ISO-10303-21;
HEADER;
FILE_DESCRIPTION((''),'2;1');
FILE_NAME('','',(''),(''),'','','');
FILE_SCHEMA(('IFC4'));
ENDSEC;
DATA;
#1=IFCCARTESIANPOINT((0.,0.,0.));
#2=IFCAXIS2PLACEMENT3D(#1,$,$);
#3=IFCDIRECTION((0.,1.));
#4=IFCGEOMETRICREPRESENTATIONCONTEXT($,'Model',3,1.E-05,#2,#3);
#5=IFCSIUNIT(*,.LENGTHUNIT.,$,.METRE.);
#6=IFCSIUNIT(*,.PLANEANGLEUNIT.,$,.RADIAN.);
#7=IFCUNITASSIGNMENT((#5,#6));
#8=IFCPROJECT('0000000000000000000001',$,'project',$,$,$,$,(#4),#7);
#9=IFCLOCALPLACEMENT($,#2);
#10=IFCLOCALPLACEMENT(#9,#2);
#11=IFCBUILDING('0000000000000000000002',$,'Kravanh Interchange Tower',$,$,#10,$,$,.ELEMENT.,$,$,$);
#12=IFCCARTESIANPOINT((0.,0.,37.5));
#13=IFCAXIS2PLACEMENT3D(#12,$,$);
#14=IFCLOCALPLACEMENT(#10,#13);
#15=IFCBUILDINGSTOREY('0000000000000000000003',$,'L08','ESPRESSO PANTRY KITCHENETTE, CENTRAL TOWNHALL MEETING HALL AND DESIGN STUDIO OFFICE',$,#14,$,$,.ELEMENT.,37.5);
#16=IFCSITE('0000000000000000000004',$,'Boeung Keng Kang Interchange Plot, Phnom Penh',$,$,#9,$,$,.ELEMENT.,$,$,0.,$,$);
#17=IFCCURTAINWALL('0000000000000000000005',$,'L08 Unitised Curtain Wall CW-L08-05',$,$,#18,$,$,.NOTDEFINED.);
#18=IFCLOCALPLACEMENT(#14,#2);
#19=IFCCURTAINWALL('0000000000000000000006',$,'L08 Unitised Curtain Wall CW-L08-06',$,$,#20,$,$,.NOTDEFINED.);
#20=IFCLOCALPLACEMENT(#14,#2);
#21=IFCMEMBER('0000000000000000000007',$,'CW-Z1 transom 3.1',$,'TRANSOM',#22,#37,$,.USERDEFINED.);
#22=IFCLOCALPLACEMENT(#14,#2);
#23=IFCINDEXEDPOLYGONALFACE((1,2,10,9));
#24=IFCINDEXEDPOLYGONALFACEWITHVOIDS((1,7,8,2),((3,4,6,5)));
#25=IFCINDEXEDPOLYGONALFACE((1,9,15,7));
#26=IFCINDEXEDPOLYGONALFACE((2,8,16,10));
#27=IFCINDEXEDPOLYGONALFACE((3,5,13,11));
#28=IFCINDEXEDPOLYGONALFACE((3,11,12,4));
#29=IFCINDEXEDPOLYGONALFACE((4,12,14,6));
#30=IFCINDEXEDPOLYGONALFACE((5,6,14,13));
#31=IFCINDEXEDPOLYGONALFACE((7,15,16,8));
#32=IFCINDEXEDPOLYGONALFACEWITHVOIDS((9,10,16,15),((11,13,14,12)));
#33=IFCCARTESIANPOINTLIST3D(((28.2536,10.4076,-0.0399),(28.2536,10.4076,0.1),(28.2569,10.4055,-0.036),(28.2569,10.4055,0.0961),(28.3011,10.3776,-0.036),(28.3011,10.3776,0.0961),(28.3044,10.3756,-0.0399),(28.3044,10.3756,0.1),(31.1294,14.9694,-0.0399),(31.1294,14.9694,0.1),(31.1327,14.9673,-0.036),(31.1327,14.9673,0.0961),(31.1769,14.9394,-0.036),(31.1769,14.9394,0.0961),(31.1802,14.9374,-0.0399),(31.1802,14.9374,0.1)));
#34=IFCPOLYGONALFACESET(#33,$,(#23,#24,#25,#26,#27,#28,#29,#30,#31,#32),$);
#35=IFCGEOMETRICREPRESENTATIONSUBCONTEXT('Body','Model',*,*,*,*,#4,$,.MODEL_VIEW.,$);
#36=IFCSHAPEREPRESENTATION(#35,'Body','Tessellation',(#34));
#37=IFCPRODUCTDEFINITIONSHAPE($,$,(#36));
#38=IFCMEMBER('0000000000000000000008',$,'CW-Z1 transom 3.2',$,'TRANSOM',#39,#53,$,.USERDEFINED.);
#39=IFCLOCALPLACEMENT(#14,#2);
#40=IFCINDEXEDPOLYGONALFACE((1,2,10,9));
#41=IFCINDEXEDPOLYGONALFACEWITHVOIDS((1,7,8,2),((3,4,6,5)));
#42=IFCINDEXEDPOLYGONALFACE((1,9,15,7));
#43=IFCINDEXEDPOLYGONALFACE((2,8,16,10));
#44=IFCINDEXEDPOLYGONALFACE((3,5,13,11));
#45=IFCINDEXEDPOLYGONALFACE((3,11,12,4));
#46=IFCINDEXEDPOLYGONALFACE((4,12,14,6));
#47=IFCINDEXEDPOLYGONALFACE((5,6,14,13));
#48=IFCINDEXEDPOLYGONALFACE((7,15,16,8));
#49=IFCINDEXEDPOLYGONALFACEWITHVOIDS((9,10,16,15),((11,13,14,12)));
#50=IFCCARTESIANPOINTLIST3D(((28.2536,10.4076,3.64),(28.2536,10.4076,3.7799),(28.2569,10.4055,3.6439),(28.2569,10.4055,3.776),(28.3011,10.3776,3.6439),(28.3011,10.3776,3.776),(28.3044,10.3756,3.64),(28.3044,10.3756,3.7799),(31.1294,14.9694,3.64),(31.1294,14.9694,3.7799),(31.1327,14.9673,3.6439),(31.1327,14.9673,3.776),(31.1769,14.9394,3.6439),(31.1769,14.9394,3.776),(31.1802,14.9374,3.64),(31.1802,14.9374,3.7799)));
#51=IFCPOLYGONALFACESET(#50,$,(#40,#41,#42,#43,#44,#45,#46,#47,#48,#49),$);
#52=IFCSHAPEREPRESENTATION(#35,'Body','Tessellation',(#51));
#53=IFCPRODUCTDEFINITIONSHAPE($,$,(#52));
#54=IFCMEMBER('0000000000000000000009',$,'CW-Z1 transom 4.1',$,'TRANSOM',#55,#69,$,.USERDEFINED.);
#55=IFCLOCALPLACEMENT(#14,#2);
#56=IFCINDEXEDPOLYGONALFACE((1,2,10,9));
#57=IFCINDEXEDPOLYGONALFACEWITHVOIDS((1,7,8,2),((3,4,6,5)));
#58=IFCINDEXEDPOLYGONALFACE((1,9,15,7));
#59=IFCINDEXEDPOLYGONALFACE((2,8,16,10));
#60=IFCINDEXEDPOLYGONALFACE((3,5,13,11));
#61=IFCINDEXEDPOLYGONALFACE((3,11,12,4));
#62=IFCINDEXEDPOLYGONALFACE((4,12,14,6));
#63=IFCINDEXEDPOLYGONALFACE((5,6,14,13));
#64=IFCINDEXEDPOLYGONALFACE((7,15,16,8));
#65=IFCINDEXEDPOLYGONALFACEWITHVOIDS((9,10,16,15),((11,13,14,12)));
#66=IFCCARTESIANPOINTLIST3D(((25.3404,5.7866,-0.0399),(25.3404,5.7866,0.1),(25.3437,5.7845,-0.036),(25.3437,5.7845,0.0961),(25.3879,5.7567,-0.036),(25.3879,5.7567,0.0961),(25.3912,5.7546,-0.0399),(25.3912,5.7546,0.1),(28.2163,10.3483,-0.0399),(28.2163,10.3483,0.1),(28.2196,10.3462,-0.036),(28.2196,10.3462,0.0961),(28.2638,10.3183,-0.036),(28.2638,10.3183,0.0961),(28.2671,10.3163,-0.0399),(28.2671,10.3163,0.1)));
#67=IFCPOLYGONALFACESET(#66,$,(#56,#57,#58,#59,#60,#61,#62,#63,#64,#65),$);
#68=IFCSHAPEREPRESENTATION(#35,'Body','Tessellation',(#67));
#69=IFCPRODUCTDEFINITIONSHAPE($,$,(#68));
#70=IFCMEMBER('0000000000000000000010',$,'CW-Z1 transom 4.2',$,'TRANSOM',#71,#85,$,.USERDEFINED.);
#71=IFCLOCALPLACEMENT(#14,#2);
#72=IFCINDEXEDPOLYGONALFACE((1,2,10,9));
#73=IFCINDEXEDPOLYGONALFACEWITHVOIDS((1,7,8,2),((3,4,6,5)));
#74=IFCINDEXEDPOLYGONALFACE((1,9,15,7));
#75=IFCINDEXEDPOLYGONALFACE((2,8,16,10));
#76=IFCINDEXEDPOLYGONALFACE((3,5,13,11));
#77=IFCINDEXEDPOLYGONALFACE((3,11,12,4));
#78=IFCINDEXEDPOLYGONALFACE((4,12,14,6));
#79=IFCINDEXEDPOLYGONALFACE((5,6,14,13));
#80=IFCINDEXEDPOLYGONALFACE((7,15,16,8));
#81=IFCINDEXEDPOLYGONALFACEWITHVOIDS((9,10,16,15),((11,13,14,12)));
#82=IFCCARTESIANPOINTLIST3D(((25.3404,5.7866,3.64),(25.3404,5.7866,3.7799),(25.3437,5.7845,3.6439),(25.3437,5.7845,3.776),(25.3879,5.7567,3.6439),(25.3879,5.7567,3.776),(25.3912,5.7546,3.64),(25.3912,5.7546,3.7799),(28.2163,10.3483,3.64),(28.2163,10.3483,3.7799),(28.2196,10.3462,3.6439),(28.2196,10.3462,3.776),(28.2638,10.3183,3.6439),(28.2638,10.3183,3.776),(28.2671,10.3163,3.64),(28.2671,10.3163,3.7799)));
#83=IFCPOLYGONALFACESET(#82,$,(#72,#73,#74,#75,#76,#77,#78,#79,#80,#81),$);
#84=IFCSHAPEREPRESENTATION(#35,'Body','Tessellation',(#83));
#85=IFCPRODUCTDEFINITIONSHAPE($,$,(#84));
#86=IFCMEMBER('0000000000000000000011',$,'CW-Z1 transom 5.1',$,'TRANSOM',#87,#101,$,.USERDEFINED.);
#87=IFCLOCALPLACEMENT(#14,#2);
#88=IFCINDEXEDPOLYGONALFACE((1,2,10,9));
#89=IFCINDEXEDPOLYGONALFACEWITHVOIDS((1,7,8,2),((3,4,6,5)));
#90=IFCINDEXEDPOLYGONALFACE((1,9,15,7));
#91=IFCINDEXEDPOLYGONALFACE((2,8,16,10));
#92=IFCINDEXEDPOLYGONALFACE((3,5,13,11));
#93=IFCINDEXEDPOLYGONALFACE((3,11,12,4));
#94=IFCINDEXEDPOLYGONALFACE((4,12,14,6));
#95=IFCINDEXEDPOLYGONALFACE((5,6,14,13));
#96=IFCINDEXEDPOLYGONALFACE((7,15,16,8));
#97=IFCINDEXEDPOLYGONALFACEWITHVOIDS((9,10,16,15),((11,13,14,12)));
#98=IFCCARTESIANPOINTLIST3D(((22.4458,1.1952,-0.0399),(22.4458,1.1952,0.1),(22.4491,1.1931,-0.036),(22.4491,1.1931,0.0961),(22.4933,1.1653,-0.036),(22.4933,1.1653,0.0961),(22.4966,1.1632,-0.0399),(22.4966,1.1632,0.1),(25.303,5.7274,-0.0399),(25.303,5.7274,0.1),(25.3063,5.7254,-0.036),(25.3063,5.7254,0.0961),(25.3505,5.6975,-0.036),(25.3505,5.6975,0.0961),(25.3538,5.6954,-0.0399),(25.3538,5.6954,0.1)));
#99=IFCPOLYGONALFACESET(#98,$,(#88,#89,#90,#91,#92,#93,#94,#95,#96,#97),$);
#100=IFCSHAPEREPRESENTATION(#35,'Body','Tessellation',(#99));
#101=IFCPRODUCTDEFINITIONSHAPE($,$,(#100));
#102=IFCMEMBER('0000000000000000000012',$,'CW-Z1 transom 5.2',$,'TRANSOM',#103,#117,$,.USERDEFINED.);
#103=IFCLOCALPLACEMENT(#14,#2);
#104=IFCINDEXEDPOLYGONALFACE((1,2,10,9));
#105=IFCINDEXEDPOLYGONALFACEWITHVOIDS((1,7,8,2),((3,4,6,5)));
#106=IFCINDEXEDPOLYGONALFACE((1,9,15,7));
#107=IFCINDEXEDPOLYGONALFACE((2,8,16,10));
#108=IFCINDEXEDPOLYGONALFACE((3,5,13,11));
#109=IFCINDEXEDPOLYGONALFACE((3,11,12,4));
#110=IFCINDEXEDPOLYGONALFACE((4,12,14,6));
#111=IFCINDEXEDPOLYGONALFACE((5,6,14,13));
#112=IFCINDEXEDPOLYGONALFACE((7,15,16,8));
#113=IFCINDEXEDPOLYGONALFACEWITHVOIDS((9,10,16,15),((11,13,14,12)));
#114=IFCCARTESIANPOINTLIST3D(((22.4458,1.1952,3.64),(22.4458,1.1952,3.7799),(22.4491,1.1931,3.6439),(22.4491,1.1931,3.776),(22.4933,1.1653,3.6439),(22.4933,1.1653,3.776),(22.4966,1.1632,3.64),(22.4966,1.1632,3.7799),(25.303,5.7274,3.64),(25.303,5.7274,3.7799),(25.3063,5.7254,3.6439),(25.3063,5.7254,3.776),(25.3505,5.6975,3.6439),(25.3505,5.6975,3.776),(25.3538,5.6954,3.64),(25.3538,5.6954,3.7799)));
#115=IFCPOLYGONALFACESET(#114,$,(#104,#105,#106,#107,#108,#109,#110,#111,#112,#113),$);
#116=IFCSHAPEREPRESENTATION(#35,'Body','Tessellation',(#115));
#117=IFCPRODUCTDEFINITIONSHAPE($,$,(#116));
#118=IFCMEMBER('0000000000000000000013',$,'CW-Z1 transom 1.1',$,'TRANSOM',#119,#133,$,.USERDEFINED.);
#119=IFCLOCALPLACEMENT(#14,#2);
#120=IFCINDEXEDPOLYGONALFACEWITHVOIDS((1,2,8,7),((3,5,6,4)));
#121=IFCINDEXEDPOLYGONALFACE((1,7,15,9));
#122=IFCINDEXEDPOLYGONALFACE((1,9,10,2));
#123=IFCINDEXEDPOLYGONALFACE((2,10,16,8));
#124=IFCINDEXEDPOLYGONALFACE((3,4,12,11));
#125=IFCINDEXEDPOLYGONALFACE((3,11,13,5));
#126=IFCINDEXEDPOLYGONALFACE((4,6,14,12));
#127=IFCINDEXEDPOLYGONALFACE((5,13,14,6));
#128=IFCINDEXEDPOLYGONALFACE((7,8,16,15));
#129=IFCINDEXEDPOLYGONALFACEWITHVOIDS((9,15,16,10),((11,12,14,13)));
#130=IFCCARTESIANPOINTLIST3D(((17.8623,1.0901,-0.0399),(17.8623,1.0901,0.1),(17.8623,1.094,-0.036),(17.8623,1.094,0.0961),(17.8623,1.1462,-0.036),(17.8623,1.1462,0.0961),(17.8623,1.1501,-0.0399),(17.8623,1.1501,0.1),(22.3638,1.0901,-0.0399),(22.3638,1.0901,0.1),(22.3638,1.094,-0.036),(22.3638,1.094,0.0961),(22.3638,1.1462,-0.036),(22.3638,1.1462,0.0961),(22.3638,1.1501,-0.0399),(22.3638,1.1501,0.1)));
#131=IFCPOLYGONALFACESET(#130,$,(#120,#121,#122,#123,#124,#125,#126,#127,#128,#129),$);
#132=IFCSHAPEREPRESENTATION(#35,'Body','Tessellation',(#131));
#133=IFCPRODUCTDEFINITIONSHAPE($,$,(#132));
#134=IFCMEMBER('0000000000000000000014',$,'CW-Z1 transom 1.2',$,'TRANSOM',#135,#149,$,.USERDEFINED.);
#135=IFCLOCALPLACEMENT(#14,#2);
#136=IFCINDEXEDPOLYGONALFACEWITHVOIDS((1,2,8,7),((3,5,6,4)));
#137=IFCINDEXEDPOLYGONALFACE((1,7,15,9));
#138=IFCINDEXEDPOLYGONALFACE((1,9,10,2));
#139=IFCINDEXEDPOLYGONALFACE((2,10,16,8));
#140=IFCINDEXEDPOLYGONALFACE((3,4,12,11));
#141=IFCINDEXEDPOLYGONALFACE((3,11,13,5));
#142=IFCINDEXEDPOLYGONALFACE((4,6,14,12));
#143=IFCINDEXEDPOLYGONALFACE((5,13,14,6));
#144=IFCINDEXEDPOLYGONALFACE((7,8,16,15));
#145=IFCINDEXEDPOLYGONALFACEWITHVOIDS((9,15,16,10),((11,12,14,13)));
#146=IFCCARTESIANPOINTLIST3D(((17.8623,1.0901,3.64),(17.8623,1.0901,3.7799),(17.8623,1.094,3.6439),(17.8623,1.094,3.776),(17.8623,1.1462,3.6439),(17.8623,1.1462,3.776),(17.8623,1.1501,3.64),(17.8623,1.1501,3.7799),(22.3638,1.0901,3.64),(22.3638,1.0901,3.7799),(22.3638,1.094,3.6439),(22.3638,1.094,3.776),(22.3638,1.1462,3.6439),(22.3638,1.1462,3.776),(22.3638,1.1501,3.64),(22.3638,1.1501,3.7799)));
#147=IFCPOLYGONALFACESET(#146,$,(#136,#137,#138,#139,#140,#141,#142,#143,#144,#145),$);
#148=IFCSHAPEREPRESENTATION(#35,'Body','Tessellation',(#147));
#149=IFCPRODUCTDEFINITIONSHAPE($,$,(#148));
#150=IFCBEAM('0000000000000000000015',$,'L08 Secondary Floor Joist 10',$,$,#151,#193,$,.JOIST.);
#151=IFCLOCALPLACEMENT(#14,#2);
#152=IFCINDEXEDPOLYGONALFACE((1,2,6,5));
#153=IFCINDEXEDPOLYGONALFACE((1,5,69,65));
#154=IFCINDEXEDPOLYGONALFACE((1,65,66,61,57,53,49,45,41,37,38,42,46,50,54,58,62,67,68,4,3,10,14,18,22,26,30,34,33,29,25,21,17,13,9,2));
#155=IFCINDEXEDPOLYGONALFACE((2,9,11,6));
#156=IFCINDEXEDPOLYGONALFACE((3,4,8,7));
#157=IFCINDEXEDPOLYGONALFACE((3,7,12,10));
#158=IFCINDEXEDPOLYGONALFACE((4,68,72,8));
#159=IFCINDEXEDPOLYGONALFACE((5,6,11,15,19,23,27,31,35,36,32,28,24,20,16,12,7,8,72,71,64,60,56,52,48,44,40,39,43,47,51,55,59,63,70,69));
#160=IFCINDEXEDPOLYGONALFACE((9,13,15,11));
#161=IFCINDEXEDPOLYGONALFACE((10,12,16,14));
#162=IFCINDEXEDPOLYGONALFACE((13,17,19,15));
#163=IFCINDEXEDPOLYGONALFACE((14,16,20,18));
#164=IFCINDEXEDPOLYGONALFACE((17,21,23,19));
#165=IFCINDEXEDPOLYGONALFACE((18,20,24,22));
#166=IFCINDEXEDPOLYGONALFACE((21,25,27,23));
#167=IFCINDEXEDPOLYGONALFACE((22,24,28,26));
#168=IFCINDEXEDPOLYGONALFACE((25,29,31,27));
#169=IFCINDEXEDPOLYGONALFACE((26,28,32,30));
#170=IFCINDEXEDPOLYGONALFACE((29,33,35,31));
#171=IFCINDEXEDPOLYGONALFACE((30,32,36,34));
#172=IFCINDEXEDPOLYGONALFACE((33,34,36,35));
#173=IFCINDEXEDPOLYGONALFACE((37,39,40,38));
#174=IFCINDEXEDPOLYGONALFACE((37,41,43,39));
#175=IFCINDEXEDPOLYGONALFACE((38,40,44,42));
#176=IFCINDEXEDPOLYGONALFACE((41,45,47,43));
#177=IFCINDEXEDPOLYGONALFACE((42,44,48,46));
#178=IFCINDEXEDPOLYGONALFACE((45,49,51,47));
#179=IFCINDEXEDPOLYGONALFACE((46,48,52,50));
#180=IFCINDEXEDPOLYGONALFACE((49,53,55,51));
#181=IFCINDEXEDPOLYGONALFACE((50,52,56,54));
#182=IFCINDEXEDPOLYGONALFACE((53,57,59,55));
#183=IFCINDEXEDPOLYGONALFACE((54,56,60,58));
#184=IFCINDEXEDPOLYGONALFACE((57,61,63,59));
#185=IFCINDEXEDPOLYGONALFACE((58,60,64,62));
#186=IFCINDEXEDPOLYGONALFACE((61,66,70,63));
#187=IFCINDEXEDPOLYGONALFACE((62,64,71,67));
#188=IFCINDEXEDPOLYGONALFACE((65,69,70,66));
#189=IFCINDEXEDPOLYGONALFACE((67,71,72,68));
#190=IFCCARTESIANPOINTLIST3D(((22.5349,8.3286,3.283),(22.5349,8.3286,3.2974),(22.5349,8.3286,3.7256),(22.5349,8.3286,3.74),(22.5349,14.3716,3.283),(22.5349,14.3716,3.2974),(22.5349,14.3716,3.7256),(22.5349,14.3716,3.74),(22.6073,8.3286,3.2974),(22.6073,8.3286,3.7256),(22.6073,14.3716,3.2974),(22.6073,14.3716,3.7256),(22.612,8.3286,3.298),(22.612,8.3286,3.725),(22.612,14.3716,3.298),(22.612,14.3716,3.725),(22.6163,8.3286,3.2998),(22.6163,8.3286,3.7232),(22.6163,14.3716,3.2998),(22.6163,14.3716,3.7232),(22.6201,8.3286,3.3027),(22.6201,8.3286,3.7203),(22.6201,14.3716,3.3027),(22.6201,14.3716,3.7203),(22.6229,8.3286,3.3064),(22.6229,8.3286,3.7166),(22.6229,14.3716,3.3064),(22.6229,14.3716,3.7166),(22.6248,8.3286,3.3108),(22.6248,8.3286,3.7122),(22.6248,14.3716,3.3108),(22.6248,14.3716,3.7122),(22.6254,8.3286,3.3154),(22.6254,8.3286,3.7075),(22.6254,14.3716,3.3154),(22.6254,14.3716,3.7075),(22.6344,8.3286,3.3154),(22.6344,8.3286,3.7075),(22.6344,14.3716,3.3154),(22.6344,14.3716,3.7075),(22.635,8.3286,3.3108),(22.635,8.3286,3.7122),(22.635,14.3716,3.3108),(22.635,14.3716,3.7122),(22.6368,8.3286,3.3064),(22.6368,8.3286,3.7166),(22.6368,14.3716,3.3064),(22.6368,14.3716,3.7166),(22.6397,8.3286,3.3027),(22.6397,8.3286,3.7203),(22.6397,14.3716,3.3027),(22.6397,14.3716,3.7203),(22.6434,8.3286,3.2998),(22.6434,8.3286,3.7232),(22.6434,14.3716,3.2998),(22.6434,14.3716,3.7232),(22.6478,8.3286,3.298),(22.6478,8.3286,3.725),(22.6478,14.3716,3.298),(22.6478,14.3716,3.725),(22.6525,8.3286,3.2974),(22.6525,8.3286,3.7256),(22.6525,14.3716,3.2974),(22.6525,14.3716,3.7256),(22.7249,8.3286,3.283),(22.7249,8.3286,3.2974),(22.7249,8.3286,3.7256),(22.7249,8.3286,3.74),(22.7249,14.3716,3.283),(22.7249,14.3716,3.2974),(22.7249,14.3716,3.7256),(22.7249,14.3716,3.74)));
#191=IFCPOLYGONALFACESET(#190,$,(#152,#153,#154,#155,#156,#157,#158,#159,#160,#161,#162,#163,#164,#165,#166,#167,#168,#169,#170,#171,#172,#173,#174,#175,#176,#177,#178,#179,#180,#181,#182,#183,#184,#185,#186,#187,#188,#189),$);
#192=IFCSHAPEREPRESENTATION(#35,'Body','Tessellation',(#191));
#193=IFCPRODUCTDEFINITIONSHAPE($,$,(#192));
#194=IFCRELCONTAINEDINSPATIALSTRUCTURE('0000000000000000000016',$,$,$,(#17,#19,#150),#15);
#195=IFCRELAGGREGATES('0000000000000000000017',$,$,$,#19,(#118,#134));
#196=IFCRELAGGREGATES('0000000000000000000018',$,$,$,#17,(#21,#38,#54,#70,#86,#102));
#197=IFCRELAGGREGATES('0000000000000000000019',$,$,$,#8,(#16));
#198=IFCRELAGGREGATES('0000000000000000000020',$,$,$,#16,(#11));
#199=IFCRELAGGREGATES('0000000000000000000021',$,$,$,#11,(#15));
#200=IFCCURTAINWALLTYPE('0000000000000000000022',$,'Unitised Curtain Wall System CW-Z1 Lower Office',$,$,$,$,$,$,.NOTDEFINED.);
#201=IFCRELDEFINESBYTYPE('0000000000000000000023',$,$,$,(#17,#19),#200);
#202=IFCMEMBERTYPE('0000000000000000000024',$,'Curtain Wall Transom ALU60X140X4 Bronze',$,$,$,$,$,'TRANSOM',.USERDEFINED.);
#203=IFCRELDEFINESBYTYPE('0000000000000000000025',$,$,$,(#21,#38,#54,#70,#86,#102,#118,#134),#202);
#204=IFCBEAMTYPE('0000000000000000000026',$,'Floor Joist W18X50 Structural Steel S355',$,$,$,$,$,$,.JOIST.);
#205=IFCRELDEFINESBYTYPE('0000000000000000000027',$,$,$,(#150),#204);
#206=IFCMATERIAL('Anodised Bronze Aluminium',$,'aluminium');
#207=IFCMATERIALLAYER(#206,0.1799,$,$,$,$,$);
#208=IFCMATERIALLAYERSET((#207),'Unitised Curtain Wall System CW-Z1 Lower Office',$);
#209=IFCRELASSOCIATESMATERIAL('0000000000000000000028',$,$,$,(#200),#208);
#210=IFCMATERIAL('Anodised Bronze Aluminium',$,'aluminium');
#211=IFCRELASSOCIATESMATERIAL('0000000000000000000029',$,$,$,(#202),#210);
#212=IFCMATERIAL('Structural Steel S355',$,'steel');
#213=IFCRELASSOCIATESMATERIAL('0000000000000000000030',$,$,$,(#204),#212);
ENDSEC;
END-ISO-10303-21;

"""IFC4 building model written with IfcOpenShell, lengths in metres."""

from ifc_helpers import new_model, si_unit, direction, frame, origin, origin_2d, place, context, subcontext, project, spatial, hollow_rectangle, i_section, extrude, material, layer, layer_set, material_profile, profile_set, type_object, element, aggregate, save


model = new_model("IFC4")

# Units and contexts
model_context = context("Model", 3, precision=1e-05, world=origin(), true_north=direction((0.0, 1.0)))
body_context = subcontext(model_context, "Body", "Model", "MODEL_VIEW")
ifc_project = project(units=[si_unit("LENGTHUNIT", "METRE"), si_unit("PLANEANGLEUNIT", "RADIAN")], contexts=[model_context])

# Site, building, storey
site_placement = place(None, origin())
site = spatial("IfcSite", under=ifc_project, at=site_placement, Name="Boeung Keng Kang Interchange Plot, Phnom Penh", CompositionType="ELEMENT", RefElevation=0.0)
building_placement = place(site_placement, origin())
building = spatial("IfcBuilding", under=site, at=building_placement, Name="Kravanh Interchange Tower", CompositionType="ELEMENT")
storey_placement = place(building_placement, frame((0.0, 0.0, 37.5)))
storey = spatial("IfcBuildingStorey", under=building, at=storey_placement, Name="L08", Description="ESPRESSO PANTRY KITCHENETTE, CENTRAL TOWNHALL MEETING HALL AND DESIGN STUDIO OFFICE", CompositionType="ELEMENT", Elevation=37.5)

# Curtain wall
ifc_material_1 = material(Name="Anodised Bronze Aluminium", Category="aluminium")
ifc_layer_1 = layer(ifc_material_1, 0.1799)
ifc_layer_set_1 = layer_set([ifc_layer_1], Name="Unitised Curtain Wall System CW-Z1 Lower Office")
curtain_wall_type = type_object("IfcCurtainWallType", Name="Unitised Curtain Wall System CW-Z1 Lower Office", PredefinedType="NOTDEFINED", material=ifc_layer_set_1)
curtain_wall_1_placement = place(storey_placement, origin())
curtain_wall_1 = element("IfcCurtainWall", 1, at=curtain_wall_1_placement, inside=storey, type_object=curtain_wall_type, Name="L08 Unitised Curtain Wall CW-L08-05", PredefinedType="NOTDEFINED")

# Curtain wall
curtain_wall_2_placement = place(storey_placement, origin())
curtain_wall_2 = element("IfcCurtainWall", 2, at=curtain_wall_2_placement, inside=storey, type_object=curtain_wall_type, Name="L08 Unitised Curtain Wall CW-L08-06", PredefinedType="NOTDEFINED")

# Members
ifc_material_2 = material(Name="Anodised Bronze Aluminium", Category="aluminium")
ifc_material_profile_1 = material_profile(ifc_material_2, hollow_rectangle(XDim=0.0601, YDim=0.1399, WallThickness=0.0039, at=origin_2d()), Name="ALU60X140X4")
ifc_profile_set_1 = profile_set([ifc_material_profile_1], Name="Anodised Bronze Aluminium")
member_type_1 = type_object("IfcMemberType", Name="Curtain Wall Transom ALU60X140X4 Bronze", ElementType="TRANSOM", PredefinedType="USERDEFINED", material=ifc_profile_set_1)
member_1_placement = place(storey_placement, frame((31.1548, 14.9534, 0.03), z_axis=(-0.533279, -0.845939, 0.0), x_axis=(0.845939, -0.533279, 0.0)))
member_1 = element("IfcMember", 3, at=member_1_placement, type_object=member_type_1, Name="CW-Z1 transom 3.1", ObjectType="TRANSOM", PredefinedType="USERDEFINED", context=body_context, shape_type="SweptSolid", body=[
    extrude(hollow_rectangle(XDim=0.0601, YDim=0.1399, WallThickness=0.0039, at=origin_2d()), origin(), (0.0, 0.0, 1.0), 5.3926),
])
member_2_placement = place(storey_placement, frame((31.1548, 14.9534, 3.71), z_axis=(-0.533279, -0.845939, 0.0), x_axis=(0.845939, -0.533279, 0.0)))
member_2 = element("IfcMember", 4, at=member_2_placement, type_object=member_type_1, Name="CW-Z1 transom 3.2", ObjectType="TRANSOM", PredefinedType="USERDEFINED", context=body_context, shape_type="SweptSolid", body=[
    extrude(hollow_rectangle(XDim=0.0601, YDim=0.1399, WallThickness=0.0039, at=origin_2d()), origin(), (0.0, 0.0, 1.0), 5.3926),
])
member_3_placement = place(storey_placement, frame((28.2417, 10.3323, 0.03), z_axis=(-0.533311, -0.845919, 0.0), x_axis=(0.845919, -0.533311, 0.0)))
member_3 = element("IfcMember", 5, at=member_3_placement, type_object=member_type_1, Name="CW-Z1 transom 4.1", ObjectType="TRANSOM", PredefinedType="USERDEFINED", context=body_context, shape_type="SweptSolid", body=[
    extrude(hollow_rectangle(XDim=0.0601, YDim=0.1399, WallThickness=0.0039, at=origin_2d()), origin(), (0.0, 0.0, 1.0), 5.3926),
])
member_4_placement = place(storey_placement, frame((28.2417, 10.3323, 3.71), z_axis=(-0.533311, -0.845919, 0.0), x_axis=(0.845919, -0.533311, 0.0)))
member_4 = element("IfcMember", 6, at=member_4_placement, type_object=member_type_1, Name="CW-Z1 transom 4.2", ObjectType="TRANSOM", PredefinedType="USERDEFINED", context=body_context, shape_type="SweptSolid", body=[
    extrude(hollow_rectangle(XDim=0.0601, YDim=0.1399, WallThickness=0.0039, at=origin_2d()), origin(), (0.0, 0.0, 1.0), 5.3926),
])
member_5_placement = place(storey_placement, frame((25.3284, 5.7114, 0.03), z_axis=(-0.533288, -0.845934, 0.0), x_axis=(0.845934, -0.533288, 0.0)))
member_5 = element("IfcMember", 7, at=member_5_placement, type_object=member_type_1, Name="CW-Z1 transom 5.1", ObjectType="TRANSOM", PredefinedType="USERDEFINED", context=body_context, shape_type="SweptSolid", body=[
    extrude(hollow_rectangle(XDim=0.0601, YDim=0.1399, WallThickness=0.0039, at=origin_2d()), origin(), (0.0, 0.0, 1.0), 5.3577),
])
member_6_placement = place(storey_placement, frame((25.3284, 5.7114, 3.71), z_axis=(-0.533288, -0.845934, 0.0), x_axis=(0.845934, -0.533288, 0.0)))
member_6 = element("IfcMember", 8, at=member_6_placement, type_object=member_type_1, Name="CW-Z1 transom 5.2", ObjectType="TRANSOM", PredefinedType="USERDEFINED", context=body_context, shape_type="SweptSolid", body=[
    extrude(hollow_rectangle(XDim=0.0601, YDim=0.1399, WallThickness=0.0039, at=origin_2d()), origin(), (0.0, 0.0, 1.0), 5.3577),
])
member_7_placement = place(storey_placement, frame((22.3638, 1.1201, 0.03), z_axis=(-1.0, 0.0, 0.0), x_axis=(0.0, -1.0, 0.0)))
member_7 = element("IfcMember", 9, at=member_7_placement, type_object=member_type_1, Name="CW-Z1 transom 1.1", ObjectType="TRANSOM", PredefinedType="USERDEFINED", context=body_context, shape_type="SweptSolid", body=[
    extrude(hollow_rectangle(XDim=0.0601, YDim=0.1399, WallThickness=0.0039, at=origin_2d()), origin(), (0.0, 0.0, 1.0), 4.5015),
])
member_8_placement = place(storey_placement, frame((22.3638, 1.1201, 3.71), z_axis=(-1.0, 0.0, 0.0), x_axis=(0.0, -1.0, 0.0)))
member_8 = element("IfcMember", 10, at=member_8_placement, type_object=member_type_1, Name="CW-Z1 transom 1.2", ObjectType="TRANSOM", PredefinedType="USERDEFINED", context=body_context, shape_type="SweptSolid", body=[
    extrude(hollow_rectangle(XDim=0.0601, YDim=0.1399, WallThickness=0.0039, at=origin_2d()), origin(), (0.0, 0.0, 1.0), 4.5015),
])
aggregate(curtain_wall_2, [member_7, member_8])

# Beam
ifc_material_3 = material(Name="Structural Steel S355", Category="steel")
ifc_material_profile_2 = material_profile(ifc_material_3, i_section(OverallWidth=0.1899, OverallDepth=0.457, WebThickness=0.009, FlangeThickness=0.0144, FilletRadius=0.0181, at=origin_2d()), Name="W18X50")
ifc_profile_set_2 = profile_set([ifc_material_profile_2], Name="Structural Steel S355")
beam_type_1 = type_object("IfcBeamType", Name="Floor Joist W18X50 Structural Steel S355", PredefinedType="JOIST", material=ifc_profile_set_2)
beam_1_placement = place(storey_placement, frame((22.6299, 8.3286, 3.5115), z_axis=(0.0, 1.0, 0.0), x_axis=(-1.0, 0.0, 0.0)))
element("IfcBeam", 11, at=beam_1_placement, inside=storey, type_object=beam_type_1, Name="L08 Secondary Floor Joist 10", PredefinedType="JOIST", context=body_context, shape_type="SweptSolid", body=[
    extrude(i_section(OverallWidth=0.1899, OverallDepth=0.457, WebThickness=0.009, FlangeThickness=0.0144, FilletRadius=0.0181, at=origin_2d()), origin(), (0.0, 0.0, 1.0), 6.043),
])

aggregate(curtain_wall_1, [member_1, member_2, member_3, member_4, member_5, member_6])

save(model, "model.ifc")
